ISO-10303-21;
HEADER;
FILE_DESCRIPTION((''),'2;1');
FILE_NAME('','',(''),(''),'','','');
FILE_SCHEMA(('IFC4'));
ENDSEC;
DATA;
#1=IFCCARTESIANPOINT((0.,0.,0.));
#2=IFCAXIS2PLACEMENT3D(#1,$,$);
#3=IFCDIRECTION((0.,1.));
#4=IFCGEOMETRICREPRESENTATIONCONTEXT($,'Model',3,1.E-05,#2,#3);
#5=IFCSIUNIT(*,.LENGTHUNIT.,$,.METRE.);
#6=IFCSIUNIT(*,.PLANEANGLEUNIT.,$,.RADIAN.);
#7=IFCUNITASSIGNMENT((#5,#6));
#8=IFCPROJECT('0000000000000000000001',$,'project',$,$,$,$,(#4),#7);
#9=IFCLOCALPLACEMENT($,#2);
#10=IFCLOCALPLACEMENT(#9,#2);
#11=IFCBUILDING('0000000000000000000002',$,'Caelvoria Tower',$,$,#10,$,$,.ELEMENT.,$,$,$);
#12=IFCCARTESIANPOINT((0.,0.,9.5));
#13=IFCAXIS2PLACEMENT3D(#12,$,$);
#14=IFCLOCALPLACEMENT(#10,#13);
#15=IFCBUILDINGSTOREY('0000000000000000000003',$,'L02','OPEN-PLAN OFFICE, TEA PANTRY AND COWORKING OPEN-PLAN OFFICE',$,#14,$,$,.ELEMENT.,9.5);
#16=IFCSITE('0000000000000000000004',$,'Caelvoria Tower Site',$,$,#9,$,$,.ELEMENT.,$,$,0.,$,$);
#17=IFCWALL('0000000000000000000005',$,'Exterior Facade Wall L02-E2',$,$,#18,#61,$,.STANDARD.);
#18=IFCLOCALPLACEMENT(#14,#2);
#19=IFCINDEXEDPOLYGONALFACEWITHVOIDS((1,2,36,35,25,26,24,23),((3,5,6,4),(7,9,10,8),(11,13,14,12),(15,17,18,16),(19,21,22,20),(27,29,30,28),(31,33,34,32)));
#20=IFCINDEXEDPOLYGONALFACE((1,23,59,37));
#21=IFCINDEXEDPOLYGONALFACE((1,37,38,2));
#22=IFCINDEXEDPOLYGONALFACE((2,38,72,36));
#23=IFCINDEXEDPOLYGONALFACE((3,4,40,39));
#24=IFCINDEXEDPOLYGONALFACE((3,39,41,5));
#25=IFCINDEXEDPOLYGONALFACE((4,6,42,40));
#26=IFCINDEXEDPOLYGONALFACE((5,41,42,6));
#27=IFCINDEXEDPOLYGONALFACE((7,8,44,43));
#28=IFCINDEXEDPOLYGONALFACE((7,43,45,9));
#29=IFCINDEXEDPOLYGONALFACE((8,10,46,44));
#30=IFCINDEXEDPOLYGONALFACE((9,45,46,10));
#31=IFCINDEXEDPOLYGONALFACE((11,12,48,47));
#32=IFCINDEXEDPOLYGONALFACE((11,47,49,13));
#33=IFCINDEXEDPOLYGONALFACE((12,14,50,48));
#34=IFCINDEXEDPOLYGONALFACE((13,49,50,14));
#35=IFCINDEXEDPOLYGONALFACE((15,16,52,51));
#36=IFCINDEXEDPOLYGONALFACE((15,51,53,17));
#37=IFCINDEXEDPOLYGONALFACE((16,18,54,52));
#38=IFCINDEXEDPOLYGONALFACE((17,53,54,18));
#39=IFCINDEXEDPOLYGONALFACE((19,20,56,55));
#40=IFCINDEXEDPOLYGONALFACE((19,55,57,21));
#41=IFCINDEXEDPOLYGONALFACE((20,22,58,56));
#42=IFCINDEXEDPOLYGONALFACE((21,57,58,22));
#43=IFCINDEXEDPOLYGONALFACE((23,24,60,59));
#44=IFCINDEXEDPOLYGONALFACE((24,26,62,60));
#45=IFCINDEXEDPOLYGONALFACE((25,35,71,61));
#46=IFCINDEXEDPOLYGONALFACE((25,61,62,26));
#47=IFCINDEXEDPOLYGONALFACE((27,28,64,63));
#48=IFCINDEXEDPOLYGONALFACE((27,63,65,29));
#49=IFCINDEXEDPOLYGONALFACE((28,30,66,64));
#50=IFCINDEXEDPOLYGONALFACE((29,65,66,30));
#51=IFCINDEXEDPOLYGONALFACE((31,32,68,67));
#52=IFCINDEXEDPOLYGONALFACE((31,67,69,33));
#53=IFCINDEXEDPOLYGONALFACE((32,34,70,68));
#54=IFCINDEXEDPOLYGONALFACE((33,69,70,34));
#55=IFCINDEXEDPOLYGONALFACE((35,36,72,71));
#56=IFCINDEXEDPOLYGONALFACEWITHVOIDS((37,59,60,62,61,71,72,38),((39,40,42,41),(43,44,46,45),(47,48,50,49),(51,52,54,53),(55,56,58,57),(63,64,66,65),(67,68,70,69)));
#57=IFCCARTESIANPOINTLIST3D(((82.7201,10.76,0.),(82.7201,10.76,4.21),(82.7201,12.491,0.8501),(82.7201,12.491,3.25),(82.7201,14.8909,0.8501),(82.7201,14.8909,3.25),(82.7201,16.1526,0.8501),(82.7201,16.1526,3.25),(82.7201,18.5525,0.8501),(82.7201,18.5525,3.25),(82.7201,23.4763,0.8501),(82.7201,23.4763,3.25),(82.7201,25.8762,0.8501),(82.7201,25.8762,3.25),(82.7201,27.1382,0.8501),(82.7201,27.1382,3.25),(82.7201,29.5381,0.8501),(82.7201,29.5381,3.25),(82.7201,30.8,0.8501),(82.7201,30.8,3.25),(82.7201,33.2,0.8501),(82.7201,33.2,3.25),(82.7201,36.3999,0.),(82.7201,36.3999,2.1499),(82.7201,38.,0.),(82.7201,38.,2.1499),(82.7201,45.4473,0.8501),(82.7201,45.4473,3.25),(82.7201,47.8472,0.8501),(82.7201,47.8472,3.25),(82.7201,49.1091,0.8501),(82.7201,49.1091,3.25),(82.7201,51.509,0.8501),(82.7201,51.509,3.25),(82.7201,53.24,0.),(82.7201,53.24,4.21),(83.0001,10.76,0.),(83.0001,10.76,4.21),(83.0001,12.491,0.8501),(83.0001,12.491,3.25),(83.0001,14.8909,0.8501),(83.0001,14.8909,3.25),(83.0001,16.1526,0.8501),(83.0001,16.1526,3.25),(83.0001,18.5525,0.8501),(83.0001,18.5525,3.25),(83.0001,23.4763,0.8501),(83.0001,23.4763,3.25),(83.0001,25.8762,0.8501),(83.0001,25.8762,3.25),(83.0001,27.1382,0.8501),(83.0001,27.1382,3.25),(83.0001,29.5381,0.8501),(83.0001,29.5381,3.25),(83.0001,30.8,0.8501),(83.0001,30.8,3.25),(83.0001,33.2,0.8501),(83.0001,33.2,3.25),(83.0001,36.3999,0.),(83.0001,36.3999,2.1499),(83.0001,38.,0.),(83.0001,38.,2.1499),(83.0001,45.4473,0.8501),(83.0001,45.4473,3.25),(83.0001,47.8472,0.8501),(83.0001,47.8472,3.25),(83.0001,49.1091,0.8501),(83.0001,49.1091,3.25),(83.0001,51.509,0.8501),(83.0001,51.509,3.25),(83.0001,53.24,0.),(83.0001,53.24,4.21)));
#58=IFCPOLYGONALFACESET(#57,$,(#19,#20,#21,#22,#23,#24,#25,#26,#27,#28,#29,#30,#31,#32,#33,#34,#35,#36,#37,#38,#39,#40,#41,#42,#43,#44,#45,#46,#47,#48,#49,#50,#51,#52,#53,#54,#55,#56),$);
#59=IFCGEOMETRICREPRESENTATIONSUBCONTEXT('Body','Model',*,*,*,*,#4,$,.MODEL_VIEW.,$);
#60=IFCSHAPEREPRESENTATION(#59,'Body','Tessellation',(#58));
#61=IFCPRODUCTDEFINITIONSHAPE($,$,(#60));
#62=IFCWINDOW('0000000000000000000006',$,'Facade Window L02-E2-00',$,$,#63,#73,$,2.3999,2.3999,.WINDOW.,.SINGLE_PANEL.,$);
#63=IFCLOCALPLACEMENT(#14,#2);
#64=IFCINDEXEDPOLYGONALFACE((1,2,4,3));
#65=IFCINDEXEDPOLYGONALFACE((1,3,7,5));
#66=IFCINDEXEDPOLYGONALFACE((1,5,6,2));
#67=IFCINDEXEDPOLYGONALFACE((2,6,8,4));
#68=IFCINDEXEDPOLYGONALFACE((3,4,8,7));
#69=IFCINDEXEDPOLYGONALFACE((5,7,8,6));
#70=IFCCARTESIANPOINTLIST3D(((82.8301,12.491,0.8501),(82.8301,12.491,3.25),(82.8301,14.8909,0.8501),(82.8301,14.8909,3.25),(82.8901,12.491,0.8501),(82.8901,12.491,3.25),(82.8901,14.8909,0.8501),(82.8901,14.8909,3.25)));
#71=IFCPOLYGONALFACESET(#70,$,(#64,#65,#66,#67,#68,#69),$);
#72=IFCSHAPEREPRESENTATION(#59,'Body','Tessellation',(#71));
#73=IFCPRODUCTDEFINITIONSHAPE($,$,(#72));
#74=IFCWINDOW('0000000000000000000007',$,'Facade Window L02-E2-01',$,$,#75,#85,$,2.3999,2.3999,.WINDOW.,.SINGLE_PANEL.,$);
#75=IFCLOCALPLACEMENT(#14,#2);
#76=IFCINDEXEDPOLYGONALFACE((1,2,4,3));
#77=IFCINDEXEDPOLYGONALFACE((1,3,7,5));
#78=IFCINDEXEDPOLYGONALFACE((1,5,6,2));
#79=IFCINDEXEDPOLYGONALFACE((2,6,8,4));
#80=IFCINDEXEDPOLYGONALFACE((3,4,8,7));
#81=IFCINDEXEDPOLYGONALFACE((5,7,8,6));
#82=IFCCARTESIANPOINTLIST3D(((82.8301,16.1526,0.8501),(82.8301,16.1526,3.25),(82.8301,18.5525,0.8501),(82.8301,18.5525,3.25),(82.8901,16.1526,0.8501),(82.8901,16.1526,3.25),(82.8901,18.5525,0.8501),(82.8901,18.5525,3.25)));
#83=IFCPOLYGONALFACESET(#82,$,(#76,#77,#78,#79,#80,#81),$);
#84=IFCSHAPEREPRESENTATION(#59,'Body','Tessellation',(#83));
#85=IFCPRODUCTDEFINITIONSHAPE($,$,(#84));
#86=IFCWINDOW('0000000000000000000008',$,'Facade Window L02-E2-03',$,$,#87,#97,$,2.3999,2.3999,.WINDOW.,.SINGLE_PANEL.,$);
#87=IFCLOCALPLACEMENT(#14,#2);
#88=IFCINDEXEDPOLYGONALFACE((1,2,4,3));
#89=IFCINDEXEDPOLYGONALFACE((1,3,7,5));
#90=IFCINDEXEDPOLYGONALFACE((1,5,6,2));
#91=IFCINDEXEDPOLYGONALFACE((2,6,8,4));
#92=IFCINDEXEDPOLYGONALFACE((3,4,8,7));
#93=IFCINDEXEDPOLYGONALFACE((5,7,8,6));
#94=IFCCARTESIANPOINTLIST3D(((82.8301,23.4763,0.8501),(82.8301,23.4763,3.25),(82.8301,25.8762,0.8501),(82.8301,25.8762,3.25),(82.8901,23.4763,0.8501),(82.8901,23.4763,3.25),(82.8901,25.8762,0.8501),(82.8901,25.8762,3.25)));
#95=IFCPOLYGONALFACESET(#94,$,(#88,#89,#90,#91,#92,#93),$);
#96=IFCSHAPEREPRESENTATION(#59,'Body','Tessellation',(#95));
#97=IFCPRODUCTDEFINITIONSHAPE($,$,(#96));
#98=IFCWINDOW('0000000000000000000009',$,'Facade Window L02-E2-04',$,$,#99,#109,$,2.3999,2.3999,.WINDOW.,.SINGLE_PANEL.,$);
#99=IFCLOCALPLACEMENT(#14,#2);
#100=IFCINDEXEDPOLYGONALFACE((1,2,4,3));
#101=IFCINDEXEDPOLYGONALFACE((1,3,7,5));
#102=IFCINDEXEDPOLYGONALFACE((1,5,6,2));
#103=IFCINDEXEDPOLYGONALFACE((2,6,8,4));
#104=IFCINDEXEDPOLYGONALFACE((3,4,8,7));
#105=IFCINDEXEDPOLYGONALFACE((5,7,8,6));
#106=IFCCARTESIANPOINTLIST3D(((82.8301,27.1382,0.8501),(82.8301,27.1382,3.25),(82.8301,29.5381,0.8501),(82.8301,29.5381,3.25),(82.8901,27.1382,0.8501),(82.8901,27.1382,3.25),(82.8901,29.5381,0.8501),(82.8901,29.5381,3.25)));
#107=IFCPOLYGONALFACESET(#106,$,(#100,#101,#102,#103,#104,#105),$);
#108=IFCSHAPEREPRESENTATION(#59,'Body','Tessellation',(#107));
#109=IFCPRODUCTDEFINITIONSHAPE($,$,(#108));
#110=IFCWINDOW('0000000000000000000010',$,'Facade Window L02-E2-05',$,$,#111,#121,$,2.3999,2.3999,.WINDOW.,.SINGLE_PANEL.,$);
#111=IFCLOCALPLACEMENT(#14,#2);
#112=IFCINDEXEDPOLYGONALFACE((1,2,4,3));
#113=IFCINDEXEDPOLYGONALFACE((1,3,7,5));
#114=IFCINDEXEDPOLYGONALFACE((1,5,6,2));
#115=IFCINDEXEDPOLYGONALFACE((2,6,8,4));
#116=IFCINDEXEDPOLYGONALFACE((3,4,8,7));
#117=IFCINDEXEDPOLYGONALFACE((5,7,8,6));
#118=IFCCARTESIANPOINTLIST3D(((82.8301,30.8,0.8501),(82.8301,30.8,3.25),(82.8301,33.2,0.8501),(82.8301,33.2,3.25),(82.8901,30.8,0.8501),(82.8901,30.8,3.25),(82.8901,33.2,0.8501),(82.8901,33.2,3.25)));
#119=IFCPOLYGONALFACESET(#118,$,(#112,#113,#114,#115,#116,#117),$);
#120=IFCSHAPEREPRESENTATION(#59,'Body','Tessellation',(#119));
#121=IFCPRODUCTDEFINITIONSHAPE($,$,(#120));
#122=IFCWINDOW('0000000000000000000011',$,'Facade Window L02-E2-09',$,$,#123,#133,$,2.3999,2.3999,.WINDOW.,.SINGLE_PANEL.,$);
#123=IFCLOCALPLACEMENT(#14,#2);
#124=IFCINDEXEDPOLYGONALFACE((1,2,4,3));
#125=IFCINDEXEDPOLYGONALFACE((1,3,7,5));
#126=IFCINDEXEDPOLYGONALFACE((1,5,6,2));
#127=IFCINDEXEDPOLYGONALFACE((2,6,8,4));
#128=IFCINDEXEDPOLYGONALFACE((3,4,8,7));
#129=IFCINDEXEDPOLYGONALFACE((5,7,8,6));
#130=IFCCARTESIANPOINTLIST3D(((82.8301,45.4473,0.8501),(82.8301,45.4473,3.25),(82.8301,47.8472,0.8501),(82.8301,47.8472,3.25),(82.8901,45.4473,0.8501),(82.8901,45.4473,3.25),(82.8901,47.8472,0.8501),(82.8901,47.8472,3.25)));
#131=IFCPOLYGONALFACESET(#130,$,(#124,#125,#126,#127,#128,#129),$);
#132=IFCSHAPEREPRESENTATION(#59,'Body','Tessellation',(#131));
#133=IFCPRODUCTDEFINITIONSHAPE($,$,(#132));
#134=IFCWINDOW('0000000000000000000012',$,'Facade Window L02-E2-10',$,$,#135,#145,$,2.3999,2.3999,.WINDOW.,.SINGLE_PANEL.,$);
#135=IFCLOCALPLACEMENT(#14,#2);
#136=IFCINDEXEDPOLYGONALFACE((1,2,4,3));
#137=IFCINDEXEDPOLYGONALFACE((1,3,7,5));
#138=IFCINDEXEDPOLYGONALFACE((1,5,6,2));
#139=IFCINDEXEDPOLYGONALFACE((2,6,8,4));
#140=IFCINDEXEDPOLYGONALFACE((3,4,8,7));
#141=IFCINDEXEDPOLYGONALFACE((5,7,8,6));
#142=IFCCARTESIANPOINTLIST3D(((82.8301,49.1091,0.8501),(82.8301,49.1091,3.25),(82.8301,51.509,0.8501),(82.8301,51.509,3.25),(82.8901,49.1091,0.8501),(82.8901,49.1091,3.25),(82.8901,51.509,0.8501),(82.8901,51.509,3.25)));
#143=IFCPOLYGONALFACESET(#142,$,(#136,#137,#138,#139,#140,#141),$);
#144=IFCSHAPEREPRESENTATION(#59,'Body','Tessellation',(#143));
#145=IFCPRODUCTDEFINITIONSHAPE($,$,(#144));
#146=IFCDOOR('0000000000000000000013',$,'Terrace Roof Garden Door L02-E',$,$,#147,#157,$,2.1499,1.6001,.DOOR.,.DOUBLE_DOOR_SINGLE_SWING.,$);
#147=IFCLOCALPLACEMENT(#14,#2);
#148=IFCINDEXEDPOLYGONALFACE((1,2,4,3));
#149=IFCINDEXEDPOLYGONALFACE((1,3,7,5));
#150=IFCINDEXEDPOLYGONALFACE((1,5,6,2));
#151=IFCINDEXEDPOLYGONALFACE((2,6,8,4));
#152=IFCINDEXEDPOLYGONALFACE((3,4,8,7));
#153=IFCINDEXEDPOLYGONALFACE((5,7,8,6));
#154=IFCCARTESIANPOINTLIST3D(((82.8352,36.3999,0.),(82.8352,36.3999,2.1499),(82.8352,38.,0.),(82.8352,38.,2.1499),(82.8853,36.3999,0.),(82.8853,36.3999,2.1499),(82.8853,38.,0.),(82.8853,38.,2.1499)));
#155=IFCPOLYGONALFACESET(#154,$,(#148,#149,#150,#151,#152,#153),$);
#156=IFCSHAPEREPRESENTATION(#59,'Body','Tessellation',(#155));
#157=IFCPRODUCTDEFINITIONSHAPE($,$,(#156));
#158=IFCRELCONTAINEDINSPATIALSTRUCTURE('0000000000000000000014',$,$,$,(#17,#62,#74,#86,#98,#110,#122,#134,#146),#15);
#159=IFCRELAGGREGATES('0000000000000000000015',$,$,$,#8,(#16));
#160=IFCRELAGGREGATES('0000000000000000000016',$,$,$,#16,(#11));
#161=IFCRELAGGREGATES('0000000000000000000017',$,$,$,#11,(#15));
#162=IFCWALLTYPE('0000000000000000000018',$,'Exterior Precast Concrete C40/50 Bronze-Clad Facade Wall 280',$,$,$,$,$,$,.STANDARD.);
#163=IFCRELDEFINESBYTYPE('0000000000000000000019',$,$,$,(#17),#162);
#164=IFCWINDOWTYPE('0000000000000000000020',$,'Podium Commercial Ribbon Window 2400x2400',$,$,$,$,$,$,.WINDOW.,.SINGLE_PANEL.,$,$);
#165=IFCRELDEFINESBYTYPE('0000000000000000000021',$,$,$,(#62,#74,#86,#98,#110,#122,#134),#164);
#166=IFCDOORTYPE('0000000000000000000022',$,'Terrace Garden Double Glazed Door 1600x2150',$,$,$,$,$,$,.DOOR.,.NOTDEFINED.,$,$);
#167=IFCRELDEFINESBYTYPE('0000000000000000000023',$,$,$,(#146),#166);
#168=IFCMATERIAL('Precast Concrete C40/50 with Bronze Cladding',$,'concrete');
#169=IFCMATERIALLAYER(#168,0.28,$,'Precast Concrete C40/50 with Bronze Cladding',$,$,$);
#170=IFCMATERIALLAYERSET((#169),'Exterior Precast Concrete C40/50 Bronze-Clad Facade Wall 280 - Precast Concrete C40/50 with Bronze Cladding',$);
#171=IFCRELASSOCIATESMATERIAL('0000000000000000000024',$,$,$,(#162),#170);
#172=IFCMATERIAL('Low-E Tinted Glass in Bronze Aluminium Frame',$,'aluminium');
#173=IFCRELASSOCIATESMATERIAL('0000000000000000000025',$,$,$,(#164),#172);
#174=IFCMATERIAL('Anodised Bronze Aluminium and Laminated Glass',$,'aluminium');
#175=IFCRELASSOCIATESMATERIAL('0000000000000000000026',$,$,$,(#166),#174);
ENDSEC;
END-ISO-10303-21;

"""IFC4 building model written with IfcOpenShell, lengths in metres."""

from ifc_helpers import new_model, si_unit, direction, frame, frame_2d, origin, place, context, subcontext, project, spatial, rectangle, extrude, material, layer, layer_set, type_object, element, fill, save


model = new_model("IFC4")

# Units and contexts
model_context = context("Model", 3, precision=1e-05, world=origin(), true_north=direction((0.0, 1.0)))
body_context = subcontext(model_context, "Body", "Model", "MODEL_VIEW")
ifc_project = project(units=[si_unit("LENGTHUNIT", "METRE"), si_unit("PLANEANGLEUNIT", "RADIAN")], contexts=[model_context])

# Site, building, storey
site_placement = place(None, origin())
site = spatial("IfcSite", under=ifc_project, at=site_placement, Name="Caelvoria Tower Site", CompositionType="ELEMENT", RefElevation=0.0)
building_placement = place(site_placement, origin())
building = spatial("IfcBuilding", under=site, at=building_placement, Name="Caelvoria Tower", CompositionType="ELEMENT")
storey_placement = place(building_placement, frame((0.0, 0.0, 9.5)))
storey = spatial("IfcBuildingStorey", under=building, at=storey_placement, Name="L02", Description="OPEN-PLAN OFFICE, TEA PANTRY AND COWORKING OPEN-PLAN OFFICE", CompositionType="ELEMENT", Elevation=9.5)

# Wall, openings, windows, door
ifc_material_1 = material(Name="Precast Concrete C40/50 with Bronze Cladding", Category="concrete")
ifc_layer_1 = layer(ifc_material_1, 0.28, Name="Precast Concrete C40/50 with Bronze Cladding")
ifc_layer_set_1 = layer_set([ifc_layer_1], Name="Exterior Precast Concrete C40/50 Bronze-Clad Facade Wall 280 - Precast Concrete C40/50 with Bronze Cladding")
wall_type_1 = type_object("IfcWallType", Name="Exterior Precast Concrete C40/50 Bronze-Clad Facade Wall 280", PredefinedType="STANDARD", material=ifc_layer_set_1)
wall_1_placement = place(storey_placement, frame((82.8601, 10.76, 0.0), z_axis=(0.0, 0.0, 1.0), x_axis=(0.0, 1.0, 0.0)))
wall_1 = element("IfcWall", 1, at=wall_1_placement, inside=storey, type_object=wall_type_1, Name="Exterior Facade Wall L02-E2", PredefinedType="STANDARD", context=body_context, shape_type="SweptSolid", body=[
    extrude(rectangle(XDim=42.48, YDim=0.28, at=frame_2d((21.24, 0.0))), origin(), (0.0, 0.0, 1.0), 4.21),
])
opening_1_placement = place(wall_1_placement, frame((25.6399, 0.0, 0.0)))
opening_1 = element("IfcOpeningElement", 2, at=opening_1_placement, cuts=wall_1, PredefinedType="OPENING", context=body_context, shape_type="SweptSolid", body=[
    extrude(rectangle(XDim=1.6001, YDim=2.1499, at=frame_2d((0.8, 1.075))), frame((0.0, 0.1499, 0.0), z_axis=(0.0, -1.0, 0.0), x_axis=(1.0, 0.0, 0.0)), (0.0, 0.0, 1.0), 0.3),
])
opening_2_placement = place(wall_1_placement, frame((1.731, 0.0, 0.8501)))
opening_2 = element("IfcOpeningElement", 3, at=opening_2_placement, cuts=wall_1, PredefinedType="OPENING", context=body_context, shape_type="SweptSolid", body=[
    extrude(rectangle(XDim=2.3999, YDim=2.3999, at=frame_2d((1.2, 1.2))), frame((0.0, 0.1499, 0.0), z_axis=(0.0, -1.0, 0.0), x_axis=(1.0, 0.0, 0.0)), (0.0, 0.0, 1.0), 0.3),
])
opening_3_placement = place(wall_1_placement, frame((5.3926, 0.0, 0.8501)))
opening_3 = element("IfcOpeningElement", 4, at=opening_3_placement, cuts=wall_1, PredefinedType="OPENING", context=body_context, shape_type="SweptSolid", body=[
    extrude(rectangle(XDim=2.3999, YDim=2.3999, at=frame_2d((1.2, 1.2))), frame((0.0, 0.1499, 0.0), z_axis=(0.0, -1.0, 0.0), x_axis=(1.0, 0.0, 0.0)), (0.0, 0.0, 1.0), 0.3),
])
opening_4_placement = place(wall_1_placement, frame((12.7163, 0.0, 0.8501)))
opening_4 = element("IfcOpeningElement", 5, at=opening_4_placement, cuts=wall_1, PredefinedType="OPENING", context=body_context, shape_type="SweptSolid", body=[
    extrude(rectangle(XDim=2.3999, YDim=2.3999, at=frame_2d((1.2, 1.2))), frame((0.0, 0.1499, 0.0), z_axis=(0.0, -1.0, 0.0), x_axis=(1.0, 0.0, 0.0)), (0.0, 0.0, 1.0), 0.3),
])
opening_5_placement = place(wall_1_placement, frame((16.3782, 0.0, 0.8501)))
opening_5 = element("IfcOpeningElement", 6, at=opening_5_placement, cuts=wall_1, PredefinedType="OPENING", context=body_context, shape_type="SweptSolid", body=[
    extrude(rectangle(XDim=2.3999, YDim=2.3999, at=frame_2d((1.2, 1.2))), frame((0.0, 0.1499, 0.0), z_axis=(0.0, -1.0, 0.0), x_axis=(1.0, 0.0, 0.0)), (0.0, 0.0, 1.0), 0.3),
])
opening_6_placement = place(wall_1_placement, frame((20.04, 0.0, 0.8501)))
opening_6 = element("IfcOpeningElement", 7, at=opening_6_placement, cuts=wall_1, PredefinedType="OPENING", context=body_context, shape_type="SweptSolid", body=[
    extrude(rectangle(XDim=2.3999, YDim=2.3999, at=frame_2d((1.2, 1.2))), frame((0.0, 0.1499, 0.0), z_axis=(0.0, -1.0, 0.0), x_axis=(1.0, 0.0, 0.0)), (0.0, 0.0, 1.0), 0.3),
])
opening_7_placement = place(wall_1_placement, frame((34.6873, 0.0, 0.8501)))
opening_7 = element("IfcOpeningElement", 8, at=opening_7_placement, cuts=wall_1, PredefinedType="OPENING", context=body_context, shape_type="SweptSolid", body=[
    extrude(rectangle(XDim=2.3999, YDim=2.3999, at=frame_2d((1.2, 1.2))), frame((0.0, 0.1499, 0.0), z_axis=(0.0, -1.0, 0.0), x_axis=(1.0, 0.0, 0.0)), (0.0, 0.0, 1.0), 0.3),
])
opening_8_placement = place(wall_1_placement, frame((38.3491, 0.0, 0.8501)))
opening_8 = element("IfcOpeningElement", 9, at=opening_8_placement, cuts=wall_1, PredefinedType="OPENING", context=body_context, shape_type="SweptSolid", body=[
    extrude(rectangle(XDim=2.3999, YDim=2.3999, at=frame_2d((1.2, 1.2))), frame((0.0, 0.1499, 0.0), z_axis=(0.0, -1.0, 0.0), x_axis=(1.0, 0.0, 0.0)), (0.0, 0.0, 1.0), 0.3),
])
ifc_material_2 = material(Name="Low-E Tinted Glass in Bronze Aluminium Frame", Category="aluminium")
window_type = type_object("IfcWindowType", Name="Podium Commercial Ribbon Window 2400x2400", PartitioningType="SINGLE_PANEL", PredefinedType="WINDOW", material=ifc_material_2)
window_1_placement = place(opening_2_placement, origin())
window_1 = element("IfcWindow", 10, at=window_1_placement, inside=storey, type_object=window_type, Name="Facade Window L02-E2-00", OverallHeight=2.3999, OverallWidth=2.3999, PartitioningType="SINGLE_PANEL", PredefinedType="WINDOW", context=body_context, shape_type="SweptSolid", body=[
    extrude(rectangle(XDim=2.3999, YDim=2.3999, at=frame_2d((1.2, 1.2))), frame((0.0, 0.03, 0.0), z_axis=(0.0, -1.0, 0.0), x_axis=(1.0, 0.0, 0.0)), (0.0, 0.0, 1.0), 0.0601),
])
fill(opening_2, window_1)
window_2_placement = place(opening_3_placement, origin())
window_2 = element("IfcWindow", 11, at=window_2_placement, inside=storey, type_object=window_type, Name="Facade Window L02-E2-01", OverallHeight=2.3999, OverallWidth=2.3999, PartitioningType="SINGLE_PANEL", PredefinedType="WINDOW", context=body_context, shape_type="SweptSolid", body=[
    extrude(rectangle(XDim=2.3999, YDim=2.3999, at=frame_2d((1.2, 1.2))), frame((0.0, 0.03, 0.0), z_axis=(0.0, -1.0, 0.0), x_axis=(1.0, 0.0, 0.0)), (0.0, 0.0, 1.0), 0.0601),
])
fill(opening_3, window_2)
window_3_placement = place(opening_4_placement, origin())
window_3 = element("IfcWindow", 12, at=window_3_placement, inside=storey, type_object=window_type, Name="Facade Window L02-E2-03", OverallHeight=2.3999, OverallWidth=2.3999, PartitioningType="SINGLE_PANEL", PredefinedType="WINDOW", context=body_context, shape_type="SweptSolid", body=[
    extrude(rectangle(XDim=2.3999, YDim=2.3999, at=frame_2d((1.2, 1.2))), frame((0.0, 0.03, 0.0), z_axis=(0.0, -1.0, 0.0), x_axis=(1.0, 0.0, 0.0)), (0.0, 0.0, 1.0), 0.0601),
])
fill(opening_4, window_3)
window_4_placement = place(opening_5_placement, origin())
window_4 = element("IfcWindow", 13, at=window_4_placement, inside=storey, type_object=window_type, Name="Facade Window L02-E2-04", OverallHeight=2.3999, OverallWidth=2.3999, PartitioningType="SINGLE_PANEL", PredefinedType="WINDOW", context=body_context, shape_type="SweptSolid", body=[
    extrude(rectangle(XDim=2.3999, YDim=2.3999, at=frame_2d((1.2, 1.2))), frame((0.0, 0.03, 0.0), z_axis=(0.0, -1.0, 0.0), x_axis=(1.0, 0.0, 0.0)), (0.0, 0.0, 1.0), 0.0601),
])
fill(opening_5, window_4)
window_5_placement = place(opening_6_placement, origin())
window_5 = element("IfcWindow", 14, at=window_5_placement, inside=storey, type_object=window_type, Name="Facade Window L02-E2-05", OverallHeight=2.3999, OverallWidth=2.3999, PartitioningType="SINGLE_PANEL", PredefinedType="WINDOW", context=body_context, shape_type="SweptSolid", body=[
    extrude(rectangle(XDim=2.3999, YDim=2.3999, at=frame_2d((1.2, 1.2))), frame((0.0, 0.03, 0.0), z_axis=(0.0, -1.0, 0.0), x_axis=(1.0, 0.0, 0.0)), (0.0, 0.0, 1.0), 0.0601),
])
fill(opening_6, window_5)
window_6_placement = place(opening_7_placement, origin())
window_6 = element("IfcWindow", 15, at=window_6_placement, inside=storey, type_object=window_type, Name="Facade Window L02-E2-09", OverallHeight=2.3999, OverallWidth=2.3999, PartitioningType="SINGLE_PANEL", PredefinedType="WINDOW", context=body_context, shape_type="SweptSolid", body=[
    extrude(rectangle(XDim=2.3999, YDim=2.3999, at=frame_2d((1.2, 1.2))), frame((0.0, 0.03, 0.0), z_axis=(0.0, -1.0, 0.0), x_axis=(1.0, 0.0, 0.0)), (0.0, 0.0, 1.0), 0.0601),
])
fill(opening_7, window_6)
window_7_placement = place(opening_8_placement, origin())
window_7 = element("IfcWindow", 16, at=window_7_placement, inside=storey, type_object=window_type, Name="Facade Window L02-E2-10", OverallHeight=2.3999, OverallWidth=2.3999, PartitioningType="SINGLE_PANEL", PredefinedType="WINDOW", context=body_context, shape_type="SweptSolid", body=[
    extrude(rectangle(XDim=2.3999, YDim=2.3999, at=frame_2d((1.2, 1.2))), frame((0.0, 0.03, 0.0), z_axis=(0.0, -1.0, 0.0), x_axis=(1.0, 0.0, 0.0)), (0.0, 0.0, 1.0), 0.0601),
])
fill(opening_8, window_7)
ifc_material_3 = material(Name="Anodised Bronze Aluminium and Laminated Glass", Category="aluminium")
door_type_1 = type_object("IfcDoorType", Name="Terrace Garden Double Glazed Door 1600x2150", OperationType="NOTDEFINED", PredefinedType="DOOR", material=ifc_material_3)
door_1_placement = place(opening_1_placement, origin())
door_1 = element("IfcDoor", 17, at=door_1_placement, inside=storey, type_object=door_type_1, Name="Terrace Roof Garden Door L02-E", OperationType="DOUBLE_DOOR_SINGLE_SWING", OverallHeight=2.1499, OverallWidth=1.6001, PredefinedType="DOOR", context=body_context, shape_type="SweptSolid", body=[
    extrude(rectangle(XDim=1.6001, YDim=2.1499, at=frame_2d((0.8, 1.075))), frame((0.0, 0.0249, 0.0), z_axis=(0.0, -1.0, 0.0), x_axis=(1.0, 0.0, 0.0)), (0.0, 0.0, 1.0), 0.05),
])
fill(opening_1, door_1)

save(model, "model.ifc")
